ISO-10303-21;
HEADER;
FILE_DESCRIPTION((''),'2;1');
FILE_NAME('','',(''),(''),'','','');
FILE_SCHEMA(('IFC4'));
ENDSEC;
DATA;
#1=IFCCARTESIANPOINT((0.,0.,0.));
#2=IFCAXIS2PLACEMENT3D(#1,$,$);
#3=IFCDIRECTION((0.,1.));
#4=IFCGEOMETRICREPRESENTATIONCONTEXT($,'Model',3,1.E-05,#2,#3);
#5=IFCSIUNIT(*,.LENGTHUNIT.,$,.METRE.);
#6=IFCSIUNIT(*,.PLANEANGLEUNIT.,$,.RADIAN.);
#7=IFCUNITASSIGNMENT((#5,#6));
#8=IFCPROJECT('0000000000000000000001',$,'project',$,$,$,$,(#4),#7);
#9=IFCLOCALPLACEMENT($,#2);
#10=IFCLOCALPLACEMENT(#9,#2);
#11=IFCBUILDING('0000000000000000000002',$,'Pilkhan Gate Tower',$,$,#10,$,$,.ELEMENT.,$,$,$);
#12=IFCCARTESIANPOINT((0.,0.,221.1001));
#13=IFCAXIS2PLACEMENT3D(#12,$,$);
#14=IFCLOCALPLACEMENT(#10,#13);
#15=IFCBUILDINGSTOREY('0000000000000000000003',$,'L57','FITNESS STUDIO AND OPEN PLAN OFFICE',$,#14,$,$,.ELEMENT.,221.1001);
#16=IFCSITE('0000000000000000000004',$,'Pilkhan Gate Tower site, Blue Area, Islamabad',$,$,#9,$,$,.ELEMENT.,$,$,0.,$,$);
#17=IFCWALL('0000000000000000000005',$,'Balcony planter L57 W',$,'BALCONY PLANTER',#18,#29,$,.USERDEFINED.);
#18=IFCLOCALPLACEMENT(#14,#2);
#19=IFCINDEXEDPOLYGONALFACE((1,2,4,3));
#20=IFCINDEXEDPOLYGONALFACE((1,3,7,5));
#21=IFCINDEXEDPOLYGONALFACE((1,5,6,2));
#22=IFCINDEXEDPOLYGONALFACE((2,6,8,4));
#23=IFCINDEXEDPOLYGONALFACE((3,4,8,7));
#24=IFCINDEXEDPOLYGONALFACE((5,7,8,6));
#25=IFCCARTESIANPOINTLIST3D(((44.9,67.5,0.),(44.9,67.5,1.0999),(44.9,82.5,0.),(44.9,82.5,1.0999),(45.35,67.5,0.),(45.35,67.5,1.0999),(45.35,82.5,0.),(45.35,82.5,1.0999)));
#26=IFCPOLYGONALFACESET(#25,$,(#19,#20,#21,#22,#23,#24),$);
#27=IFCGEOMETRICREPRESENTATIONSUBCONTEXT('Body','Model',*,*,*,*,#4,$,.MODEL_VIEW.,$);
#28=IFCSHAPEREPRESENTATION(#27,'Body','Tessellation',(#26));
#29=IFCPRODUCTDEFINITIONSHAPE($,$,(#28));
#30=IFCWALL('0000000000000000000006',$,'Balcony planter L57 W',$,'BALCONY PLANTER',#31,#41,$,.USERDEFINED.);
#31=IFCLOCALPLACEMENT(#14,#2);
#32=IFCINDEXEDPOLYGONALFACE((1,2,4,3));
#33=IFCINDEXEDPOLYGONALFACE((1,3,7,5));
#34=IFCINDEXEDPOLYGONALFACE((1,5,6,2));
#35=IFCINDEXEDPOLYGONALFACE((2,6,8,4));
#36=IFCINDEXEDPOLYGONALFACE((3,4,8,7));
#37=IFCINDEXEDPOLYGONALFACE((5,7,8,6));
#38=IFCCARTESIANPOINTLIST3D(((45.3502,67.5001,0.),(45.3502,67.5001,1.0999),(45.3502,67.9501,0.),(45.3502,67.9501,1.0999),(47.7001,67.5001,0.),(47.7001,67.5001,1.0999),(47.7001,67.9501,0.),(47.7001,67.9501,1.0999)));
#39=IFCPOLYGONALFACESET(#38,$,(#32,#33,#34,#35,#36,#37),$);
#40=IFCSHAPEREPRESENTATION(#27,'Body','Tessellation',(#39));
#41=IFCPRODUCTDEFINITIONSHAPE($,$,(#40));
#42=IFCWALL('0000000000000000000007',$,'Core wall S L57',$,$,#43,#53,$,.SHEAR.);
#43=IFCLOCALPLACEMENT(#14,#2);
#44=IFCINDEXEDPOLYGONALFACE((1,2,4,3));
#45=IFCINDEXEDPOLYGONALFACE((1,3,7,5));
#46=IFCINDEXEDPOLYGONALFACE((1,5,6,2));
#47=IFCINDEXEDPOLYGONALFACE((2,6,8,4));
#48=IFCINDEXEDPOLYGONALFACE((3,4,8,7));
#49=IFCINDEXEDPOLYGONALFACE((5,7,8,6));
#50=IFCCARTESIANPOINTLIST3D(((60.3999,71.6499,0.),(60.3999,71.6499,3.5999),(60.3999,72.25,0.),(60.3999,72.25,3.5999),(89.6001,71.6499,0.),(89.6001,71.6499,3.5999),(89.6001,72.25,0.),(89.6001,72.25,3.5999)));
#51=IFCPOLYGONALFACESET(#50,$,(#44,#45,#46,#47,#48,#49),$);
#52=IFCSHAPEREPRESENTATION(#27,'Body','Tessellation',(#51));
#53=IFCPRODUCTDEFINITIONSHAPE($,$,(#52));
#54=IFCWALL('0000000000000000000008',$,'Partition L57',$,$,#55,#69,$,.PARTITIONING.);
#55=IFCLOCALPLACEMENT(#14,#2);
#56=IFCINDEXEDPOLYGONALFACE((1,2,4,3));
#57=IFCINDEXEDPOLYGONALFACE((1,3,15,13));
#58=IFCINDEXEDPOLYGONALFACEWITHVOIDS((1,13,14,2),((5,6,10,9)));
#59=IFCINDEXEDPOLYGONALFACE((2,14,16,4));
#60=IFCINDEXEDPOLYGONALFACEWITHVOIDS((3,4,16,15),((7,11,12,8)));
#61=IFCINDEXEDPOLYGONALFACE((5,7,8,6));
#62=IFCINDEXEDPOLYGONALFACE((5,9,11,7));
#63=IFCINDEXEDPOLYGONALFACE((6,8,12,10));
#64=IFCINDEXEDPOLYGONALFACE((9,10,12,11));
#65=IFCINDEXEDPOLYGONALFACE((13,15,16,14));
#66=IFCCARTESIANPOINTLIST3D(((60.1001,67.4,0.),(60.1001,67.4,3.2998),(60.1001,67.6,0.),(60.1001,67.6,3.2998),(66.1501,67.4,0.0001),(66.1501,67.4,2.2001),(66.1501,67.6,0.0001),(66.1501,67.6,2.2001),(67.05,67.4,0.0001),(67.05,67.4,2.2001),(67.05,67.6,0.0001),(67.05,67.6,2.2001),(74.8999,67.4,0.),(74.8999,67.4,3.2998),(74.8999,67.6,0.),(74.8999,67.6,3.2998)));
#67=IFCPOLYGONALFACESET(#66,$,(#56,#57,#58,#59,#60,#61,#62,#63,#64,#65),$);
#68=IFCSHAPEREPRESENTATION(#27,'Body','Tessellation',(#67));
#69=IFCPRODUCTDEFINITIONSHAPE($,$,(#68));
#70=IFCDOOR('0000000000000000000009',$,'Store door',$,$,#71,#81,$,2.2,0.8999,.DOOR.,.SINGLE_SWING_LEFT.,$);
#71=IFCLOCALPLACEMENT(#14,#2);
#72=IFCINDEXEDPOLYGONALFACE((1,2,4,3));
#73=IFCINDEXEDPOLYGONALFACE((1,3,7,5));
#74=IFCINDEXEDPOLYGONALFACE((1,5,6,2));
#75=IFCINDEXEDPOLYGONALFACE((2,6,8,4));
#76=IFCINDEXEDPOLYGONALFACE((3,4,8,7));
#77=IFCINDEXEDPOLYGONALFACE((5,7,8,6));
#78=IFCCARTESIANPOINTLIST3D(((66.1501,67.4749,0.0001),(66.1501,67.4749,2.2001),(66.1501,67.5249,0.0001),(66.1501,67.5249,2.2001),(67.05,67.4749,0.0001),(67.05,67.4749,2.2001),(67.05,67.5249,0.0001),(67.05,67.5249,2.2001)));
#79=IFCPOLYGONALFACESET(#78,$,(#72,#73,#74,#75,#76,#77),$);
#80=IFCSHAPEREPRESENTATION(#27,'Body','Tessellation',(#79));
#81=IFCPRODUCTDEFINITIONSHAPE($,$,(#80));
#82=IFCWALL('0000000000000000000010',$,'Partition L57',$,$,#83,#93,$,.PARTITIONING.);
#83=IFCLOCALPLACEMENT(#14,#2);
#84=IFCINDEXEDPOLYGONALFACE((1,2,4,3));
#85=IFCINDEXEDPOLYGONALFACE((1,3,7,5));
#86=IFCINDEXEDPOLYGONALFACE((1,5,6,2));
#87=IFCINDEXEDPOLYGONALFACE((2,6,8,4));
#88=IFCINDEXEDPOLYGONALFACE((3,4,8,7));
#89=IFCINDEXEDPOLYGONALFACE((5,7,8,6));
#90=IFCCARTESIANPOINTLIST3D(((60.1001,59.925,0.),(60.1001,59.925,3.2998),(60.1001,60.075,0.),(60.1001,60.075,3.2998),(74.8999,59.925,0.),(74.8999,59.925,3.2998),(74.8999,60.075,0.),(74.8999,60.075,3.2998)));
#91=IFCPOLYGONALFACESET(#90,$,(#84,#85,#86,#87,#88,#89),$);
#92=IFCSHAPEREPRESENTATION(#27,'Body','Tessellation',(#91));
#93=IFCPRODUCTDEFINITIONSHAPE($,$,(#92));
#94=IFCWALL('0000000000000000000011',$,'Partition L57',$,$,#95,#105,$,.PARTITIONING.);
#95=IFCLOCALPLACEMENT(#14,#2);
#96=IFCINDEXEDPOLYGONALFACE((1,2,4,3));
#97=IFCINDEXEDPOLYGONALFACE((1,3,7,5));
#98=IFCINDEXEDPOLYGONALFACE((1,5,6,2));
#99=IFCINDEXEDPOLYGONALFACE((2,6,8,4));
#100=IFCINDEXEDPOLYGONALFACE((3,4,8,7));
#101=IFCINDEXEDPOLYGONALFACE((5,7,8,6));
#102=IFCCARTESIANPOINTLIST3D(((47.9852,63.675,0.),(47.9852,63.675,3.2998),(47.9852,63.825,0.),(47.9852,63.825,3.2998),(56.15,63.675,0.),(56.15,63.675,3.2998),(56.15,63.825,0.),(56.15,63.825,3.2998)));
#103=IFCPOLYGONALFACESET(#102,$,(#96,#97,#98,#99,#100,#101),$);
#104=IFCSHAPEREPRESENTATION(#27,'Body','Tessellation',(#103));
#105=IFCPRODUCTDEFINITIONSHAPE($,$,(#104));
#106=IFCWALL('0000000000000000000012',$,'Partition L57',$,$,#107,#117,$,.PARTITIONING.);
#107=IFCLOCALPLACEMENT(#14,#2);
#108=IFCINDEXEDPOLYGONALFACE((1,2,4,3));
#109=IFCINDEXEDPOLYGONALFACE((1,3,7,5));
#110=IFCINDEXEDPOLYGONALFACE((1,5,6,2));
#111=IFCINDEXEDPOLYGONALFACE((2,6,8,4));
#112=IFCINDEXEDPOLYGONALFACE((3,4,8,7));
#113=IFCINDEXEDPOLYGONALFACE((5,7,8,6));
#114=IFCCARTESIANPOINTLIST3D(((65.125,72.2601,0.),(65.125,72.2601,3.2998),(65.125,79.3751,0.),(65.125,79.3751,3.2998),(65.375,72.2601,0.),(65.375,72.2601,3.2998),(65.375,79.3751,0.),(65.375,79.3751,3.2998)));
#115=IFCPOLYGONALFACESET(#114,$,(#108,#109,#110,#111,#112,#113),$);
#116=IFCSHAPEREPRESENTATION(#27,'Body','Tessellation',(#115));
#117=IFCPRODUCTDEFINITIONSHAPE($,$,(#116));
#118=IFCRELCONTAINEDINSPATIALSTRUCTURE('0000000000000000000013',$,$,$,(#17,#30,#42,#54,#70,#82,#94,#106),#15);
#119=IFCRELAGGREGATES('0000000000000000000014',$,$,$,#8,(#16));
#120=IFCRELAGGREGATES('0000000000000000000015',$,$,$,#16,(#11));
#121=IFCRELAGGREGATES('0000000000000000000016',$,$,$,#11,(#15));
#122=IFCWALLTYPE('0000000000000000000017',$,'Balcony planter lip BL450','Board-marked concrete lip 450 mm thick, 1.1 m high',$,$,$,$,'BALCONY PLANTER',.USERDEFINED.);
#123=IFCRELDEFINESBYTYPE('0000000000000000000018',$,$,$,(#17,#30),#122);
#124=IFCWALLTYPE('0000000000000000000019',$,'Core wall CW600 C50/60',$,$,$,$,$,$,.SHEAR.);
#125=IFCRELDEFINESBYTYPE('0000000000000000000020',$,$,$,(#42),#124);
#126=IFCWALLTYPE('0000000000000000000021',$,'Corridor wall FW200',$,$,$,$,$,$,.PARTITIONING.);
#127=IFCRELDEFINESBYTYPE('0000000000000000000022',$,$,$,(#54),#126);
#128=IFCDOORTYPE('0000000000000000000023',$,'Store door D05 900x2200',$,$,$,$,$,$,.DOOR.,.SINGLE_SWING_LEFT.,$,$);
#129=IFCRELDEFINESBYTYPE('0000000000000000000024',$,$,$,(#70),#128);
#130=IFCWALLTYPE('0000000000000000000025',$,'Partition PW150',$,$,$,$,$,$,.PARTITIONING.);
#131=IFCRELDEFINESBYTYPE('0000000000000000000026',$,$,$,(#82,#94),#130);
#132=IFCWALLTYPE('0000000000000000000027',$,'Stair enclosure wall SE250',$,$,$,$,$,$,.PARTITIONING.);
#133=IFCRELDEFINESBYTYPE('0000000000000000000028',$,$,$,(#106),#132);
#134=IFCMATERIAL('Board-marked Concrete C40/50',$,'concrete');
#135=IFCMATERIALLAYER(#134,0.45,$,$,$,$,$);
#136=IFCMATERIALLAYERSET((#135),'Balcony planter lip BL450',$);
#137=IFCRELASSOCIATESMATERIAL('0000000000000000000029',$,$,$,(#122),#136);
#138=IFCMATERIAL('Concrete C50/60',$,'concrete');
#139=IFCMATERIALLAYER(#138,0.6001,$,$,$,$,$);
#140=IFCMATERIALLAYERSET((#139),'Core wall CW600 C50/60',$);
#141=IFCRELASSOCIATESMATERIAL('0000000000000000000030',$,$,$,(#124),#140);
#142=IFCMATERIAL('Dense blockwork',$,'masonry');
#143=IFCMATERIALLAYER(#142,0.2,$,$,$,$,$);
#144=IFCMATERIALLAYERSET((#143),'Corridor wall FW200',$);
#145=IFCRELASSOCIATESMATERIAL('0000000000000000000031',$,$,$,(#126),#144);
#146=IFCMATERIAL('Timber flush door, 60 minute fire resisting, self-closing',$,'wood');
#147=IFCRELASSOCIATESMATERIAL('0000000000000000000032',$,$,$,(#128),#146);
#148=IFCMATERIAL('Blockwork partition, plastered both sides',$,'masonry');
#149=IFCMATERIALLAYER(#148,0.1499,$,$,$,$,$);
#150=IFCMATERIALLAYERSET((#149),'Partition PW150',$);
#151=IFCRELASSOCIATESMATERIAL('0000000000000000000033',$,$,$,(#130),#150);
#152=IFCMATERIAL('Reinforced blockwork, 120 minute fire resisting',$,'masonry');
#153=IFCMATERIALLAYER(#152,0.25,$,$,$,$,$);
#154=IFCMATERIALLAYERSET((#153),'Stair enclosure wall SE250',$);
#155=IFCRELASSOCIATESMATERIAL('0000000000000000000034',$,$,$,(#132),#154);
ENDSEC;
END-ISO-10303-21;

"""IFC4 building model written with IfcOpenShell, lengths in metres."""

from ifc_helpers import new_model, si_unit, direction, frame, frame_2d, origin, place, context, subcontext, project, spatial, rectangle, extrude, material, layer, layer_set, type_object, element, fill, save


model = new_model("IFC4")

# Units and contexts
model_context = context("Model", 3, precision=1e-05, world=origin(), true_north=direction((0.0, 1.0)))
body_context = subcontext(model_context, "Body", "Model", "MODEL_VIEW")
ifc_project = project(units=[si_unit("LENGTHUNIT", "METRE"), si_unit("PLANEANGLEUNIT", "RADIAN")], contexts=[model_context])

# Site, building, storey
site_placement = place(None, origin())
site = spatial("IfcSite", under=ifc_project, at=site_placement, Name="Pilkhan Gate Tower site, Blue Area, Islamabad", CompositionType="ELEMENT", RefElevation=0.0)
building_placement = place(site_placement, origin())
building = spatial("IfcBuilding", under=site, at=building_placement, Name="Pilkhan Gate Tower", CompositionType="ELEMENT")
storey_placement = place(building_placement, frame((0.0, 0.0, 221.1001)))
storey = spatial("IfcBuildingStorey", under=building, at=storey_placement, Name="L57", Description="FITNESS STUDIO AND OPEN PLAN OFFICE", CompositionType="ELEMENT", Elevation=221.1001)

# Shared definitions
ifc_material_1 = material(Name="Concrete C50/60", Category="concrete")

# Walls
ifc_material_2 = material(Name="Board-marked Concrete C40/50", Category="concrete")
ifc_layer_1 = layer(ifc_material_2, 0.45)
ifc_layer_set_1 = layer_set([ifc_layer_1], Name="Balcony planter lip BL450")
wall_type_1 = type_object("IfcWallType", Name="Balcony planter lip BL450", Description="Board-marked concrete lip 450 mm thick, 1.1 m high", ElementType="BALCONY PLANTER", PredefinedType="USERDEFINED", material=ifc_layer_set_1)
wall_1_placement = place(storey_placement, frame((45.125, 67.5, 0.0), z_axis=(0.0, 0.0, 1.0), x_axis=(0.0, 1.0, 0.0)))
element("IfcWall", 1, at=wall_1_placement, inside=storey, type_object=wall_type_1, Name="Balcony planter L57 W", ObjectType="BALCONY PLANTER", PredefinedType="USERDEFINED", context=body_context, shape_type="SweptSolid", body=[
    extrude(rectangle(XDim=15.0, YDim=0.45, at=frame_2d((7.5, 0.0))), origin(), (0.0, 0.0, 1.0), 1.0999),
])
wall_2_placement = place(storey_placement, frame((47.7, 67.7251, 0.0), z_axis=(0.0, 0.0, 1.0), x_axis=(-1.0, 0.0, 0.0)))
element("IfcWall", 2, at=wall_2_placement, inside=storey, type_object=wall_type_1, Name="Balcony planter L57 W", ObjectType="BALCONY PLANTER", PredefinedType="USERDEFINED", context=body_context, shape_type="SweptSolid", body=[
    extrude(rectangle(XDim=2.3499, YDim=0.45, at=frame_2d((1.1748, 0.0))), origin(), (0.0, 0.0, 1.0), 1.0999),
])
ifc_layer_2 = layer(ifc_material_1, 0.6001)
ifc_layer_set_2 = layer_set([ifc_layer_2], Name="Core wall CW600 C50/60")
wall_type_2 = type_object("IfcWallType", Name="Core wall CW600 C50/60", PredefinedType="SHEAR", material=ifc_layer_set_2)
wall_3_placement = place(storey_placement, frame((60.3999, 71.95, 0.0), z_axis=(0.0, 0.0, 1.0), x_axis=(1.0, 0.0, 0.0)))
element("IfcWall", 3, at=wall_3_placement, inside=storey, type_object=wall_type_2, Name="Core wall S L57", PredefinedType="SHEAR", context=body_context, shape_type="SweptSolid", body=[
    extrude(rectangle(XDim=29.2002, YDim=0.6001, at=frame_2d((14.6001, 0.0))), origin(), (0.0, 0.0, 1.0), 3.5999),
])

# Wall, opening, door
ifc_material_3 = material(Name="Dense blockwork", Category="masonry")
ifc_layer_3 = layer(ifc_material_3, 0.2)
ifc_layer_set_3 = layer_set([ifc_layer_3], Name="Corridor wall FW200")
wall_type_3 = type_object("IfcWallType", Name="Corridor wall FW200", PredefinedType="PARTITIONING", material=ifc_layer_set_3)
wall_4_placement = place(storey_placement, frame((60.1001, 67.5, 0.0), z_axis=(0.0, 0.0, 1.0), x_axis=(1.0, 0.0, 0.0)))
wall_4 = element("IfcWall", 4, at=wall_4_placement, inside=storey, type_object=wall_type_3, Name="Partition L57", PredefinedType="PARTITIONING", context=body_context, shape_type="SweptSolid", body=[
    extrude(rectangle(XDim=14.7998, YDim=0.2, at=frame_2d((7.3999, 0.0))), origin(), (0.0, 0.0, 1.0), 3.2998),
])
opening_1_placement = place(wall_4_placement, frame((6.05, 0.0, 0.0)))
opening_1 = element("IfcOpeningElement", 5, at=opening_1_placement, cuts=wall_4, PredefinedType="OPENING", context=body_context, shape_type="SweptSolid", body=[
    extrude(rectangle(XDim=0.8999, YDim=2.2, at=frame_2d((0.45, 1.1001))), frame((0.0, 0.1099, 0.0), z_axis=(0.0, -1.0, 0.0), x_axis=(1.0, 0.0, 0.0)), (0.0, 0.0, 1.0), 0.22),
])
ifc_material_4 = material(Name="Timber flush door, 60 minute fire resisting, self-closing", Category="wood")
door_type_1 = type_object("IfcDoorType", Name="Store door D05 900x2200", OperationType="SINGLE_SWING_LEFT", PredefinedType="DOOR", material=ifc_material_4)
door_1_placement = place(opening_1_placement, origin())
door_1 = element("IfcDoor", 6, at=door_1_placement, inside=storey, type_object=door_type_1, Name="Store door", OperationType="SINGLE_SWING_LEFT", OverallHeight=2.2, OverallWidth=0.8999, PredefinedType="DOOR", context=body_context, shape_type="SweptSolid", body=[
    extrude(rectangle(XDim=0.8999, YDim=2.2, at=frame_2d((0.45, 1.1001))), frame((0.0, 0.0249, 0.0), z_axis=(0.0, -1.0, 0.0), x_axis=(1.0, 0.0, 0.0)), (0.0, 0.0, 1.0), 0.05),
])
fill(opening_1, door_1)

# Walls
ifc_material_5 = material(Name="Blockwork partition, plastered both sides", Category="masonry")
ifc_layer_4 = layer(ifc_material_5, 0.1499)
ifc_layer_set_4 = layer_set([ifc_layer_4], Name="Partition PW150")
wall_type_4 = type_object("IfcWallType", Name="Partition PW150", PredefinedType="PARTITIONING", material=ifc_layer_set_4)
wall_5_placement = place(storey_placement, frame((60.1001, 60.0, 0.0), z_axis=(0.0, 0.0, 1.0), x_axis=(1.0, 0.0, 0.0)))
element("IfcWall", 7, at=wall_5_placement, inside=storey, type_object=wall_type_4, Name="Partition L57", PredefinedType="PARTITIONING", context=body_context, shape_type="SweptSolid", body=[
    extrude(rectangle(XDim=14.7998, YDim=0.1499, at=frame_2d((7.3999, 0.0))), origin(), (0.0, 0.0, 1.0), 3.2998),
])
wall_6_placement = place(storey_placement, frame((47.9851, 63.75, 0.0), z_axis=(0.0, 0.0, 1.0), x_axis=(1.0, 0.0, 0.0)))
element("IfcWall", 8, at=wall_6_placement, inside=storey, type_object=wall_type_4, Name="Partition L57", PredefinedType="PARTITIONING", context=body_context, shape_type="SweptSolid", body=[
    extrude(rectangle(XDim=8.1648, YDim=0.1499, at=frame_2d((4.0825, 0.0))), origin(), (0.0, 0.0, 1.0), 3.2998),
])
ifc_material_6 = material(Name="Reinforced blockwork, 120 minute fire resisting", Category="masonry")
ifc_layer_5 = layer(ifc_material_6, 0.25)
ifc_layer_set_5 = layer_set([ifc_layer_5], Name="Stair enclosure wall SE250")
wall_type_5 = type_object("IfcWallType", Name="Stair enclosure wall SE250", PredefinedType="PARTITIONING", material=ifc_layer_set_5)
wall_7_placement = place(storey_placement, frame((65.25, 72.26, 0.0), z_axis=(0.0, 0.0, 1.0), x_axis=(0.0, 1.0, 0.0)))
element("IfcWall", 9, at=wall_7_placement, inside=storey, type_object=wall_type_5, Name="Partition L57", PredefinedType="PARTITIONING", context=body_context, shape_type="SweptSolid", body=[
    extrude(rectangle(XDim=7.115, YDim=0.25, at=frame_2d((3.5576, 0.0))), origin(), (0.0, 0.0, 1.0), 3.2998),
])

save(model, "model.ifc")
